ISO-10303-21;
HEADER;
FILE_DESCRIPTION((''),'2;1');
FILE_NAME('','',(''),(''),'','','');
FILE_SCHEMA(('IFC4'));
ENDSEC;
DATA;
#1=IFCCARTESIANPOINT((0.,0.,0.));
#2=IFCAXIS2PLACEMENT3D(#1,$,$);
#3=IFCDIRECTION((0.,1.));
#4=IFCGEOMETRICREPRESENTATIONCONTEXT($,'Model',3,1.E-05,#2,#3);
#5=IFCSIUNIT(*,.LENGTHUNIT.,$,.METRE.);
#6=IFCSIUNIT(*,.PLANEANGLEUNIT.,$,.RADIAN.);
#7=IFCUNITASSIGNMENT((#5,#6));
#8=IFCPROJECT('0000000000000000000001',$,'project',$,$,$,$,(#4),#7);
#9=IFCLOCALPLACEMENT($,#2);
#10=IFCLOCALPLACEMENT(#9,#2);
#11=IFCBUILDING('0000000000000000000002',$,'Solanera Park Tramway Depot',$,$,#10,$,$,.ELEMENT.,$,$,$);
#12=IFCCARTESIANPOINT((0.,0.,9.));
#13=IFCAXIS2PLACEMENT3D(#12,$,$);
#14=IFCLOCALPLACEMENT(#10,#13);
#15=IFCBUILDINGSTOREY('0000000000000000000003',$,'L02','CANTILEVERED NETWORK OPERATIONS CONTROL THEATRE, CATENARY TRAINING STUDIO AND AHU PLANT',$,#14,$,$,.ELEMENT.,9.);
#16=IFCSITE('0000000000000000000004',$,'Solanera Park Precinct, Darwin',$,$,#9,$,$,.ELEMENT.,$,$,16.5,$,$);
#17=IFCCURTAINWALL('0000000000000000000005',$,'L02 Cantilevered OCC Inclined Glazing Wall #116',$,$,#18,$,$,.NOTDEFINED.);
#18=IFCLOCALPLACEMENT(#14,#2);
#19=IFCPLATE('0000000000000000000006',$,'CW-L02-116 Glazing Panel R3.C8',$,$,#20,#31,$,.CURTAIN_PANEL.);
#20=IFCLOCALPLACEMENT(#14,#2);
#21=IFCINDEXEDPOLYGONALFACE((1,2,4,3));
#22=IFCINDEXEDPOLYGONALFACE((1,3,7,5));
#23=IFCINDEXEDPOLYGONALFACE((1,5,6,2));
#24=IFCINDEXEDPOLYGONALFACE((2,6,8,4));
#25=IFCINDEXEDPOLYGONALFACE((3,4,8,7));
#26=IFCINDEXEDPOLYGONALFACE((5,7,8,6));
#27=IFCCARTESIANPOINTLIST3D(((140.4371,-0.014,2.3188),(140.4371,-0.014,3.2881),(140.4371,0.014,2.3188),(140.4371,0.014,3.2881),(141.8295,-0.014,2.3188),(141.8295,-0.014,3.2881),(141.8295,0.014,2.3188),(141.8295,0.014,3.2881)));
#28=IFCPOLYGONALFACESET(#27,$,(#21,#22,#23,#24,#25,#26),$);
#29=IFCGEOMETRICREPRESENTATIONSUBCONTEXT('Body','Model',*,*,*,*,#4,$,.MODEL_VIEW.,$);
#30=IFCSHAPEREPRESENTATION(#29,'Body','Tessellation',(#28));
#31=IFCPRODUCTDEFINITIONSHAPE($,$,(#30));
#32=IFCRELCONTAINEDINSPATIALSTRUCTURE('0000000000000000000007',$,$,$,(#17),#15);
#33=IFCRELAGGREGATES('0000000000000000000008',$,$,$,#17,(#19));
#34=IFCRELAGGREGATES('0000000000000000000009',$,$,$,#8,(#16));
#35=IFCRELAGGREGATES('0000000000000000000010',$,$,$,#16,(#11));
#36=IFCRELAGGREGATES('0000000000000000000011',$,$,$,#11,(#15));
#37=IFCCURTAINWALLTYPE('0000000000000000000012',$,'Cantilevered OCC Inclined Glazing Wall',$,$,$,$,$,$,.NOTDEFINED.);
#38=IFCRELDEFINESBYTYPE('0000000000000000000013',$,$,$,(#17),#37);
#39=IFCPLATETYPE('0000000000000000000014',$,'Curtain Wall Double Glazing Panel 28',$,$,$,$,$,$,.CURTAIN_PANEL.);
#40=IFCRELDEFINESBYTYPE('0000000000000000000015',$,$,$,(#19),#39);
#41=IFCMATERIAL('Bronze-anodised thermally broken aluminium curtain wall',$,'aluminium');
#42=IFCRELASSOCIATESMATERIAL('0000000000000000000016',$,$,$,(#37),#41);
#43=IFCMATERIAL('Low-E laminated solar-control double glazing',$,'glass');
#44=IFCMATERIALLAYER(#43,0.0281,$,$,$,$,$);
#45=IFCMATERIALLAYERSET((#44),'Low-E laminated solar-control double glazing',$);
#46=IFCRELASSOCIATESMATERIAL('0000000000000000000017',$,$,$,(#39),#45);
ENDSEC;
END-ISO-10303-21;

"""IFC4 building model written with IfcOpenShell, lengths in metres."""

from ifc_helpers import new_model, si_unit, direction, frame, origin, origin_2d, place, context, subcontext, project, spatial, rectangle, extrude, material, layer, layer_set, type_object, element, aggregate, save


model = new_model("IFC4")

# Units and contexts
model_context = context("Model", 3, precision=1e-05, world=origin(), true_north=direction((0.0, 1.0)))
body_context = subcontext(model_context, "Body", "Model", "MODEL_VIEW")
ifc_project = project(units=[si_unit("LENGTHUNIT", "METRE"), si_unit("PLANEANGLEUNIT", "RADIAN")], contexts=[model_context])

# Site, building, storey
site_placement = place(None, origin())
site = spatial("IfcSite", under=ifc_project, at=site_placement, Name="Solanera Park Precinct, Darwin", CompositionType="ELEMENT", RefElevation=16.5)
building_placement = place(site_placement, origin())
building = spatial("IfcBuilding", under=site, at=building_placement, Name="Solanera Park Tramway Depot", CompositionType="ELEMENT")
storey_placement = place(building_placement, frame((0.0, 0.0, 9.0)))
storey = spatial("IfcBuildingStorey", under=building, at=storey_placement, Name="L02", Description="CANTILEVERED NETWORK OPERATIONS CONTROL THEATRE, CATENARY TRAINING STUDIO AND AHU PLANT", CompositionType="ELEMENT", Elevation=9.0)

# Curtain wall, plate
ifc_material_1 = material(Name="Bronze-anodised thermally broken aluminium curtain wall", Category="aluminium")
curtain_wall_type = type_object("IfcCurtainWallType", Name="Cantilevered OCC Inclined Glazing Wall", PredefinedType="NOTDEFINED", material=ifc_material_1)
curtain_wall_placement = place(storey_placement, origin())
curtain_wall = element("IfcCurtainWall", 1, at=curtain_wall_placement, inside=storey, type_object=curtain_wall_type, Name="L02 Cantilevered OCC Inclined Glazing Wall #116", PredefinedType="NOTDEFINED")
ifc_material_2 = material(Name="Low-E laminated solar-control double glazing", Category="glass")
ifc_layer = layer(ifc_material_2, 0.0281)
ifc_layer_set = layer_set([ifc_layer], Name="Low-E laminated solar-control double glazing")
plate_type = type_object("IfcPlateType", Name="Curtain Wall Double Glazing Panel 28", PredefinedType="CURTAIN_PANEL", material=ifc_layer_set)
plate_1_placement = place(storey_placement, frame((141.1333, 0.0, 2.3188), z_axis=(0.0, 0.0, 1.0), x_axis=(1.0, 0.0, 0.0)))
plate_1 = element("IfcPlate", 2, at=plate_1_placement, type_object=plate_type, Name="CW-L02-116 Glazing Panel R3.C8", PredefinedType="CURTAIN_PANEL", context=body_context, shape_type="SweptSolid", body=[
    extrude(rectangle(XDim=1.3923, YDim=0.0281, at=origin_2d()), origin(), (0.0, 0.0, 1.0), 0.9692),
])
aggregate(curtain_wall, [plate_1])

save(model, "model.ifc")
